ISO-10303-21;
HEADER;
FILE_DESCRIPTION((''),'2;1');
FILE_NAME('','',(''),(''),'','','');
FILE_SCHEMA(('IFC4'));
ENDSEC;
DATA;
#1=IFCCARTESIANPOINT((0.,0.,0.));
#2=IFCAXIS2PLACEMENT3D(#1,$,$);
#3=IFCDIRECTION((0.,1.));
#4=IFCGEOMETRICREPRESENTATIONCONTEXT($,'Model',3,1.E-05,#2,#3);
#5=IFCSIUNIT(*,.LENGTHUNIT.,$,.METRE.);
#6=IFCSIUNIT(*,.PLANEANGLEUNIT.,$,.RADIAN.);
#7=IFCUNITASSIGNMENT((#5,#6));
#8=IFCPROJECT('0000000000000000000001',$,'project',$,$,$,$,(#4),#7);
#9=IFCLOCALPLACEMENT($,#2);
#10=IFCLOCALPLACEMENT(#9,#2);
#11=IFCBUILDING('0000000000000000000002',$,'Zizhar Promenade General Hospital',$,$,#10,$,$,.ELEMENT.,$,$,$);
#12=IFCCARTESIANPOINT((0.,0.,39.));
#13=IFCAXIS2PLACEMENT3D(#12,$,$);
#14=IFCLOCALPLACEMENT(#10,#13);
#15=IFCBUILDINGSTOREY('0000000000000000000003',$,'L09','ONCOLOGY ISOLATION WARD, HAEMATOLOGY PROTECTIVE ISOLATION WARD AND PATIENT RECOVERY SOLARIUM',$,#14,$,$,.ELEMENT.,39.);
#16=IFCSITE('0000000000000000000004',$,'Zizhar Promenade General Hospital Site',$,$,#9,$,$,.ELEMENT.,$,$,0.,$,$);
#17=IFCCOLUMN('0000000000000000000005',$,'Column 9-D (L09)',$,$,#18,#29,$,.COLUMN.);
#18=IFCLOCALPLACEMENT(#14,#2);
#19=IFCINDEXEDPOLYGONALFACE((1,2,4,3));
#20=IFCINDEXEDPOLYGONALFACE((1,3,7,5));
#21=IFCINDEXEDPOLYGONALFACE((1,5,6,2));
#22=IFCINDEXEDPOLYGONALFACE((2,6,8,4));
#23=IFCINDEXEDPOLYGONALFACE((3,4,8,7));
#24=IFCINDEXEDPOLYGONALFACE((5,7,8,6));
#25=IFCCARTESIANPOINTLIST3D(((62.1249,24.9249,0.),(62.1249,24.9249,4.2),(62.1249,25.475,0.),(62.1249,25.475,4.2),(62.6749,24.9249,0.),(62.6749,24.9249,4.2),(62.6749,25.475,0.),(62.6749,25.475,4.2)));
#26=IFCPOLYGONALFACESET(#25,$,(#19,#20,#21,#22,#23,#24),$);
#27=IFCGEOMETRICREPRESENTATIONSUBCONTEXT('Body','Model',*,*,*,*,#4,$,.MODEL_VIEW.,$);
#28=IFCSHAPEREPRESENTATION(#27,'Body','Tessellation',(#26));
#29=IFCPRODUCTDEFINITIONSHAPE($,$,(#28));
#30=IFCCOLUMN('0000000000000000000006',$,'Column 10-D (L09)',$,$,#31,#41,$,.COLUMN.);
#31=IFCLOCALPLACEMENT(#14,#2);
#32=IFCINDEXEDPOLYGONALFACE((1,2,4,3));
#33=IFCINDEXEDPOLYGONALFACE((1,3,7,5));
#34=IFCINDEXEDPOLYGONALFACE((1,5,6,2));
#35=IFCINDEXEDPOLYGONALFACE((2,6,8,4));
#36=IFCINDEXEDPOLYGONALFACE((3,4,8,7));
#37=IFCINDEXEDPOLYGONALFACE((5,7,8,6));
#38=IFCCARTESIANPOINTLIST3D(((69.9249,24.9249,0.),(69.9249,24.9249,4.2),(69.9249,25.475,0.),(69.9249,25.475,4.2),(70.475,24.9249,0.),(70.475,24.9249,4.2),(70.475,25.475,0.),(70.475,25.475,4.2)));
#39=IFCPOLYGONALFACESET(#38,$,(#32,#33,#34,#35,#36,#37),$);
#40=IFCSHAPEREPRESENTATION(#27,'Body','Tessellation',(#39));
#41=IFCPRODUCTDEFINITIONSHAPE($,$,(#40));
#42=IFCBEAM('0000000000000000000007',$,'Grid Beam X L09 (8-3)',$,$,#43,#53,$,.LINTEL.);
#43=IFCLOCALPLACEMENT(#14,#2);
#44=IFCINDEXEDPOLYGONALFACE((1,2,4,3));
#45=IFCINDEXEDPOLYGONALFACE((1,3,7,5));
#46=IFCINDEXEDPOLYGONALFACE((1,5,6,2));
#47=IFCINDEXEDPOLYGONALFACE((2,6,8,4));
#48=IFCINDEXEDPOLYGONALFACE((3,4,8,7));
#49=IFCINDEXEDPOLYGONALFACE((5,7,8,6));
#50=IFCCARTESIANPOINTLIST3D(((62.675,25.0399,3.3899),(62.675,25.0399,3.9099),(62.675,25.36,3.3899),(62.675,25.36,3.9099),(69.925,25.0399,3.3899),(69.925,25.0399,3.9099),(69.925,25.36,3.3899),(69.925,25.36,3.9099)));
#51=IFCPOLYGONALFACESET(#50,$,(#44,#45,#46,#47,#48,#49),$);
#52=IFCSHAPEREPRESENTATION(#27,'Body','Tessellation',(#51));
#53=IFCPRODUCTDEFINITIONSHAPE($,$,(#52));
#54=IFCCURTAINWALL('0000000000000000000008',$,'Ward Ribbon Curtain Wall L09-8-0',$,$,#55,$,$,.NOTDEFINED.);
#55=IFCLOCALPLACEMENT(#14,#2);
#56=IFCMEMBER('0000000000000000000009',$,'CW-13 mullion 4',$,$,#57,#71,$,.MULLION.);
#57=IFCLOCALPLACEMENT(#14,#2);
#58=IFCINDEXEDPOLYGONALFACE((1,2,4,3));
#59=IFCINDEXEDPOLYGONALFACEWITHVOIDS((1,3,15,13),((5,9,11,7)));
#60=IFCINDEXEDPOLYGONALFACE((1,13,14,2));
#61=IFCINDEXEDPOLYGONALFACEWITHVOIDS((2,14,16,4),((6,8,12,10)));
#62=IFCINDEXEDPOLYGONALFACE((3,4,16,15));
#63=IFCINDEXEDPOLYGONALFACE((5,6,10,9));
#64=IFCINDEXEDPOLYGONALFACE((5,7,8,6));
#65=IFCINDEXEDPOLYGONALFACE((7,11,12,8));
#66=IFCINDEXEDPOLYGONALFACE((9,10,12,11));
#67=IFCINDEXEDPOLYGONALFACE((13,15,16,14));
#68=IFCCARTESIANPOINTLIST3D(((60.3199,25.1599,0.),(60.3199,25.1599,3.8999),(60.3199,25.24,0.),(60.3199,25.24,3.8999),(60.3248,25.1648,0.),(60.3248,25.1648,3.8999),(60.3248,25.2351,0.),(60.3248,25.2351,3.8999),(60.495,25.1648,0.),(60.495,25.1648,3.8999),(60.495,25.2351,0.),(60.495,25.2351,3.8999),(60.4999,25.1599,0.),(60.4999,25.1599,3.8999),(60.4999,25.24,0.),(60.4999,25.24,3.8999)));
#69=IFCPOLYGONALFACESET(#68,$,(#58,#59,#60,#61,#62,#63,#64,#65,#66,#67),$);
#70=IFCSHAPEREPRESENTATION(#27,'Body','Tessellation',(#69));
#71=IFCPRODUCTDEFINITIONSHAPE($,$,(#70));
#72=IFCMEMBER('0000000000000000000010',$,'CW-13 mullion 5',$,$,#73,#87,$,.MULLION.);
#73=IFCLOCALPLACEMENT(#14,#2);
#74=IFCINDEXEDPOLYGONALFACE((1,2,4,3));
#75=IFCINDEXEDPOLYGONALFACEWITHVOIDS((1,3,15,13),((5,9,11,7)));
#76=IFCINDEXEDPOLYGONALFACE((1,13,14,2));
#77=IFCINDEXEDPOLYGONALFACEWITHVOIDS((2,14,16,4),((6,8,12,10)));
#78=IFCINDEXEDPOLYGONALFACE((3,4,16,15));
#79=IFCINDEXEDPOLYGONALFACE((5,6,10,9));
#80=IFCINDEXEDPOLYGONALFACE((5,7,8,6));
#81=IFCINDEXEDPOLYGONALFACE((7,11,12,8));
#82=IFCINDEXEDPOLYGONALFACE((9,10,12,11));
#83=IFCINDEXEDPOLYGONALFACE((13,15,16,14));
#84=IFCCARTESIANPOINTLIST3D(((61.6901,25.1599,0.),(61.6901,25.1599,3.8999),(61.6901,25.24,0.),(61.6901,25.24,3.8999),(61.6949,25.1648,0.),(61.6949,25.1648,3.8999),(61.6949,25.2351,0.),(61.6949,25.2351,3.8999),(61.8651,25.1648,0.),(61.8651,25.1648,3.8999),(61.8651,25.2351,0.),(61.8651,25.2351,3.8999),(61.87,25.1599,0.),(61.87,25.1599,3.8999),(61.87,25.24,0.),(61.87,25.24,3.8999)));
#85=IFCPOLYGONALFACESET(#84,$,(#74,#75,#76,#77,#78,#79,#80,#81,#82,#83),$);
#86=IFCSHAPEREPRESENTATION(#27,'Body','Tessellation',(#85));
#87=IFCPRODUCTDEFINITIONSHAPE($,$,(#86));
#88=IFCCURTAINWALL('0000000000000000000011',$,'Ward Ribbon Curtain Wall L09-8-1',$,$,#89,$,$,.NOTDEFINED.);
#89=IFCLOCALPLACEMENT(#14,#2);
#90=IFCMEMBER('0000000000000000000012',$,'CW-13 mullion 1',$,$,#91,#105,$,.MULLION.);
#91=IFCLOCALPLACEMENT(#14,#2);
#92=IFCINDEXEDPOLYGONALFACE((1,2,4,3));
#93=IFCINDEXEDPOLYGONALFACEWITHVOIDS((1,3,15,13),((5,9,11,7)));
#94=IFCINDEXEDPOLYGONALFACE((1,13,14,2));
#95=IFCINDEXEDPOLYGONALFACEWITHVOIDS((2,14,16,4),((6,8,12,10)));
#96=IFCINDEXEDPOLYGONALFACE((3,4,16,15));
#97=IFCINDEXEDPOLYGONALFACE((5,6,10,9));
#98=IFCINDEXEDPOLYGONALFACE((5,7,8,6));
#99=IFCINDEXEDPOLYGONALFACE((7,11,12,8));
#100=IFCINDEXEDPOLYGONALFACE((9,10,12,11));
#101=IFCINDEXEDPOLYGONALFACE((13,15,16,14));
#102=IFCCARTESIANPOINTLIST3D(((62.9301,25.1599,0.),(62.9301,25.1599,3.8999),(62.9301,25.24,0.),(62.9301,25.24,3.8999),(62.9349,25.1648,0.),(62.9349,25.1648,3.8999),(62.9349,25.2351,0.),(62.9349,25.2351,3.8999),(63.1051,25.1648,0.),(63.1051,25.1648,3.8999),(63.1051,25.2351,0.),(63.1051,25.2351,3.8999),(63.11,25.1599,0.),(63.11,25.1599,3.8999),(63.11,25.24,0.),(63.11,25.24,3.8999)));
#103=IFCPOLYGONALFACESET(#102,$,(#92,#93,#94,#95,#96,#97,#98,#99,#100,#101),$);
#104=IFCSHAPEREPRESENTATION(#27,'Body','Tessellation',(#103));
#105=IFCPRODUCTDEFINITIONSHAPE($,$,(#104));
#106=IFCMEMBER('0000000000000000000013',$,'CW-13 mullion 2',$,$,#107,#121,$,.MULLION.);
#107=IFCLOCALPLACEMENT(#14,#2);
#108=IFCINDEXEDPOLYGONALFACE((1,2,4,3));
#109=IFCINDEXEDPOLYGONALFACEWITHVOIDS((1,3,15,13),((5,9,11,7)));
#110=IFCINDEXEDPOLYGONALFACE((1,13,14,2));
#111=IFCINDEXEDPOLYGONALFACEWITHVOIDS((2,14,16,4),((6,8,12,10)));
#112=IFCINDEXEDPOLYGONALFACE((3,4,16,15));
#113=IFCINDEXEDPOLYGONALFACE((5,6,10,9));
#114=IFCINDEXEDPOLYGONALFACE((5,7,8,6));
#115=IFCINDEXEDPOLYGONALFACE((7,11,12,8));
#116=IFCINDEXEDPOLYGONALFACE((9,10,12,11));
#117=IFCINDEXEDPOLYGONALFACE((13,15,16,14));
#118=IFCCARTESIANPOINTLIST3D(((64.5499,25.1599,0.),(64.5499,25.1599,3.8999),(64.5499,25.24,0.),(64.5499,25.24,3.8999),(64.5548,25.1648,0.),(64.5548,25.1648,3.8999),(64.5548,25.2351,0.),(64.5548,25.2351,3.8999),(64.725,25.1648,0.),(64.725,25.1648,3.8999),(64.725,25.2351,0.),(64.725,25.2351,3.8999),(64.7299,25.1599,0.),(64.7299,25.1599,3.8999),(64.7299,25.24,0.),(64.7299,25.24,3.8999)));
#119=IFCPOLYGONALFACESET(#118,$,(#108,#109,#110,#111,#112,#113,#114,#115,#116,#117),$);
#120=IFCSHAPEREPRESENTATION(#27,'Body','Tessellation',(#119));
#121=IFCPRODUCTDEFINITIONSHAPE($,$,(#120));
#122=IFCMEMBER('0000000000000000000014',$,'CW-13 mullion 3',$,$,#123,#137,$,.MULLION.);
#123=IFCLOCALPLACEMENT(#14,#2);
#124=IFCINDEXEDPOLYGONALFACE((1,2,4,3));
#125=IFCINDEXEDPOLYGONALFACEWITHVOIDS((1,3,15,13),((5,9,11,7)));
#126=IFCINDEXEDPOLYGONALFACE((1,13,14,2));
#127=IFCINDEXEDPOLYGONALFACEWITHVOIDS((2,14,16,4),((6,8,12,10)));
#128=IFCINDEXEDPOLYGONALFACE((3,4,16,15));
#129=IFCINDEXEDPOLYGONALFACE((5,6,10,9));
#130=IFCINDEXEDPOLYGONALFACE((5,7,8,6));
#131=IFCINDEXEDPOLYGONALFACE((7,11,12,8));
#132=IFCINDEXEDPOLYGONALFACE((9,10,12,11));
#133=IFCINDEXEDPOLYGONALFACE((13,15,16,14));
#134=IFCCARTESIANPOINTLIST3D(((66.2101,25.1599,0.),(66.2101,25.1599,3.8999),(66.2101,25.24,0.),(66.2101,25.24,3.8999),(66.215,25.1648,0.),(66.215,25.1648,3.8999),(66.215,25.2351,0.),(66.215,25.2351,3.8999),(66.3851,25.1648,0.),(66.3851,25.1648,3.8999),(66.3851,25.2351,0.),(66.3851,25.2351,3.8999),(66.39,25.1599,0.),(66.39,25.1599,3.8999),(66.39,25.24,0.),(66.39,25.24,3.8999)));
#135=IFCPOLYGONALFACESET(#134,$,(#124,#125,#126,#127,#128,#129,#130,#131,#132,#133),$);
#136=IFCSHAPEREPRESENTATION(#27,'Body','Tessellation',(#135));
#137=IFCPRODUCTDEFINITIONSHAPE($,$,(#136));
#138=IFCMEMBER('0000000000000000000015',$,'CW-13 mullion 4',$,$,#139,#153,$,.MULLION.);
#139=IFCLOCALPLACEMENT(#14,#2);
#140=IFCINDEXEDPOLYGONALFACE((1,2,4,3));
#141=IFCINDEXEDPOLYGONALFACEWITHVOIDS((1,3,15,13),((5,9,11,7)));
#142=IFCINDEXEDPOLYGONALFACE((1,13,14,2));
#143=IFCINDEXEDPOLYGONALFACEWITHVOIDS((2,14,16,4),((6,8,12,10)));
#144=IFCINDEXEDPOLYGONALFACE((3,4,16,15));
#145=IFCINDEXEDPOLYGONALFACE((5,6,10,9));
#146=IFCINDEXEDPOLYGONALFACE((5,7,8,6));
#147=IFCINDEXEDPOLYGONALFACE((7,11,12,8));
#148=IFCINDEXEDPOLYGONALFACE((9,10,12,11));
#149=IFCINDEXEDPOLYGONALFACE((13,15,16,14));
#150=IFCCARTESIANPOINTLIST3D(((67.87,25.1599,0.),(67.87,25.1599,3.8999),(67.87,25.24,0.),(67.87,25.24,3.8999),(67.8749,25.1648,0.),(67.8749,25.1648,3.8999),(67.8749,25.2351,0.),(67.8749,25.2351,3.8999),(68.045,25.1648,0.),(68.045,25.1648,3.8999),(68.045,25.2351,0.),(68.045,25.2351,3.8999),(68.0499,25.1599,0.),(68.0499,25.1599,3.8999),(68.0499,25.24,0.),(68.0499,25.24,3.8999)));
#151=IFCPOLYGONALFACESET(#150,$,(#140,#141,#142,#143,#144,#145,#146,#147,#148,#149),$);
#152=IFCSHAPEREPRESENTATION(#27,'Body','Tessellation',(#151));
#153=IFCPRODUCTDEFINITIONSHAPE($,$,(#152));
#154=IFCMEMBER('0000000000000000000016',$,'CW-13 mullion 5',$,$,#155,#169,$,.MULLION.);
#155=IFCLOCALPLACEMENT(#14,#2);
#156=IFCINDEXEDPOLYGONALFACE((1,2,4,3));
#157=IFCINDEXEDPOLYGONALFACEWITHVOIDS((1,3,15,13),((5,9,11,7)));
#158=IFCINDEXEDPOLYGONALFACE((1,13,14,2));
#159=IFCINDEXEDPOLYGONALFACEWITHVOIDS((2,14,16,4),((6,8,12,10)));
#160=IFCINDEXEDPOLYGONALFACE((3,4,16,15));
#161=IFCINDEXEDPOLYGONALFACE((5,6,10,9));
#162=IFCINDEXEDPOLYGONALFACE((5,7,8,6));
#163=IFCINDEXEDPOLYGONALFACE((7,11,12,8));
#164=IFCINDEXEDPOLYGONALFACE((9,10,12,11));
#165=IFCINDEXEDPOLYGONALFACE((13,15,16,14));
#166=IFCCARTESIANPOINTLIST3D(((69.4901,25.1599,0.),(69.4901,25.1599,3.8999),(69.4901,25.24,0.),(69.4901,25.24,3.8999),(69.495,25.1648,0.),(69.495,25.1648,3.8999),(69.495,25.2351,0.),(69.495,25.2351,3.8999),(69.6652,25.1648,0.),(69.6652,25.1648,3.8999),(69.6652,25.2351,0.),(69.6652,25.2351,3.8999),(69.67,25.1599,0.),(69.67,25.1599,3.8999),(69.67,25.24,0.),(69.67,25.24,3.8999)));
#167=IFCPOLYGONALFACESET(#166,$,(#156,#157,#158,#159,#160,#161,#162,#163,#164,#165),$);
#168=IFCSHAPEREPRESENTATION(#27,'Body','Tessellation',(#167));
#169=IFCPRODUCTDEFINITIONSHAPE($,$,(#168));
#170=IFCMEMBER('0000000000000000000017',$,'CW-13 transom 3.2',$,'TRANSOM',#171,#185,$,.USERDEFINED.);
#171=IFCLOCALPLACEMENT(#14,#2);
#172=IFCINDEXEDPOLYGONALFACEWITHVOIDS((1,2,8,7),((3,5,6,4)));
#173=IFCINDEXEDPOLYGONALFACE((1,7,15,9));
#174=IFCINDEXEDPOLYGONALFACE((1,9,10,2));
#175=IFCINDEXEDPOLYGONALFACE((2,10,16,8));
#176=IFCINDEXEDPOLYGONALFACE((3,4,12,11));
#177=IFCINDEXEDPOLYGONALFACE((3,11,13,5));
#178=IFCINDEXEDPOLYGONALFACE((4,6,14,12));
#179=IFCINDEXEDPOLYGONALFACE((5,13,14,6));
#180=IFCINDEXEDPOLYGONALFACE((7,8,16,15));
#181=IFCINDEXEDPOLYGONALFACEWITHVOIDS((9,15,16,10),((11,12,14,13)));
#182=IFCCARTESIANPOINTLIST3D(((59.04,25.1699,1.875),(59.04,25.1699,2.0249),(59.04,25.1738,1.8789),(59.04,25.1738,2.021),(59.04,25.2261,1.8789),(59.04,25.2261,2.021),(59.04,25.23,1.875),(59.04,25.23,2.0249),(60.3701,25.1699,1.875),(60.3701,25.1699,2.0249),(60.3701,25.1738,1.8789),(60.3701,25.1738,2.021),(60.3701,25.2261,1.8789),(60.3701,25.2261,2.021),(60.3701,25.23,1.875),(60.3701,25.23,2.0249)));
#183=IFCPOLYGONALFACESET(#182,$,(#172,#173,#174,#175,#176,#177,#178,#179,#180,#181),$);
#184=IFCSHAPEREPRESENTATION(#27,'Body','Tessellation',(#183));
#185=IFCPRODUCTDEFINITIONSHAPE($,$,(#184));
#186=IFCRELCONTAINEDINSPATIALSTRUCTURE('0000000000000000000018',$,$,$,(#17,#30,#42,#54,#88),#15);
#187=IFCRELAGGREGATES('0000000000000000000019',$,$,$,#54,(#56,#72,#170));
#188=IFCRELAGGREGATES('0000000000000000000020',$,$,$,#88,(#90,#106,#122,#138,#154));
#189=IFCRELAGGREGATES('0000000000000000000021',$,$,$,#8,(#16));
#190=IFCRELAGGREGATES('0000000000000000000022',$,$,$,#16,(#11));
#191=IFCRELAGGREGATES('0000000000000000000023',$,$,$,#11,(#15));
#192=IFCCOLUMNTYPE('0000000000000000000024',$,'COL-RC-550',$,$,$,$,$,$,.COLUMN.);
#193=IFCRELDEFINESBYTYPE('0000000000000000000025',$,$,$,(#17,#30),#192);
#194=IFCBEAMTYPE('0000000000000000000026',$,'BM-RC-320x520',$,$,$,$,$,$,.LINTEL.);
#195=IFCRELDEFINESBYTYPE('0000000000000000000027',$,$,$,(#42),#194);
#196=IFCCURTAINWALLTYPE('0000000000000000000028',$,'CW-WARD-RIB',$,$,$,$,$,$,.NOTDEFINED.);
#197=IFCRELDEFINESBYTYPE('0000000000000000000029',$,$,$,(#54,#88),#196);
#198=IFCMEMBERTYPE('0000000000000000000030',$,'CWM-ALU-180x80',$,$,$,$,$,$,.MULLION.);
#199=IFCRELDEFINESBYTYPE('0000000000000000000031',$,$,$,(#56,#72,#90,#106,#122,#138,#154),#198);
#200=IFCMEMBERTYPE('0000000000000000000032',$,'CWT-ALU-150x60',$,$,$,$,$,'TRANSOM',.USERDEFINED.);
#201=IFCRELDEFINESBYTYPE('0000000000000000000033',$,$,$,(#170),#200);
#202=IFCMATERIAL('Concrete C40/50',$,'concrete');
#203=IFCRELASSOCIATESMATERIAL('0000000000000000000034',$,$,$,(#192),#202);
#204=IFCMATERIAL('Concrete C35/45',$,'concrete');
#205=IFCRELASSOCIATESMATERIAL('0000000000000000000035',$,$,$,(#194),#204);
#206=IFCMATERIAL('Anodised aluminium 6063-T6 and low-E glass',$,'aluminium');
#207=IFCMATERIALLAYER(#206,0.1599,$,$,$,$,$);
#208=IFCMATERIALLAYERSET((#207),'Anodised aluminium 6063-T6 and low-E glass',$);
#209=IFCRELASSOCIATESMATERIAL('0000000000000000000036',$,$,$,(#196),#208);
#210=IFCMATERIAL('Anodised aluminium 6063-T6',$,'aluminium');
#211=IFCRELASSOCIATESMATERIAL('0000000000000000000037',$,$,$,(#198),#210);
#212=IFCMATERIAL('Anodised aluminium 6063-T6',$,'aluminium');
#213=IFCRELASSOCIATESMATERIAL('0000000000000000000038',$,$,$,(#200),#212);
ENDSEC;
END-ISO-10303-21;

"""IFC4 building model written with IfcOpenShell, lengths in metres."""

from ifc_helpers import new_model, si_unit, direction, frame, origin, origin_2d, place, context, subcontext, project, spatial, rectangle, hollow_rectangle, extrude, material, layer, layer_set, material_profile, profile_set, type_object, element, aggregate, save


model = new_model("IFC4")

# Units and contexts
model_context = context("Model", 3, precision=1e-05, world=origin(), true_north=direction((0.0, 1.0)))
body_context = subcontext(model_context, "Body", "Model", "MODEL_VIEW")
ifc_project = project(units=[si_unit("LENGTHUNIT", "METRE"), si_unit("PLANEANGLEUNIT", "RADIAN")], contexts=[model_context])

# Site, building, storey
site_placement = place(None, origin())
site = spatial("IfcSite", under=ifc_project, at=site_placement, Name="Zizhar Promenade General Hospital Site", CompositionType="ELEMENT", RefElevation=0.0)
building_placement = place(site_placement, origin())
building = spatial("IfcBuilding", under=site, at=building_placement, Name="Zizhar Promenade General Hospital", CompositionType="ELEMENT")
storey_placement = place(building_placement, frame((0.0, 0.0, 39.0)))
storey = spatial("IfcBuildingStorey", under=building, at=storey_placement, Name="L09", Description="ONCOLOGY ISOLATION WARD, HAEMATOLOGY PROTECTIVE ISOLATION WARD AND PATIENT RECOVERY SOLARIUM", CompositionType="ELEMENT", Elevation=39.0)

# Columns
ifc_material_1 = material(Name="Concrete C40/50", Category="concrete")
ifc_material_profile_1 = material_profile(ifc_material_1, rectangle(XDim=0.55, YDim=0.55, at=origin_2d()))
ifc_profile_set_1 = profile_set([ifc_material_profile_1], Name="Concrete C40/50")
column_type = type_object("IfcColumnType", Name="COL-RC-550", PredefinedType="COLUMN", material=ifc_profile_set_1)
for number, where, z_axis, x_axis, name in (
    (1, (62.3999, 25.2, 0.0), (0.0, 0.0, 1.0), (1.0, 0.0, 0.0), "Column 9-D (L09)"),
    (2, (70.2, 25.2, 0.0), (0.0, 0.0, 1.0), (1.0, 0.0, 0.0), "Column 10-D (L09)"),
):
    element("IfcColumn", number, at=place(storey_placement, frame(where, z_axis=z_axis, x_axis=x_axis)), inside=storey, type_object=column_type, Name=name, PredefinedType="COLUMN", context=body_context, shape_type="SweptSolid", body=[
        extrude(rectangle(XDim=0.55, YDim=0.55, at=origin_2d()), origin(), (0.0, 0.0, 1.0), 4.2),
    ])

# Beam
ifc_material_2 = material(Name="Concrete C35/45", Category="concrete")
ifc_material_profile_2 = material_profile(ifc_material_2, rectangle(XDim=0.3201, YDim=0.52, at=origin_2d()))
ifc_profile_set_2 = profile_set([ifc_material_profile_2], Name="Concrete C35/45")
beam_type = type_object("IfcBeamType", Name="BM-RC-320x520", PredefinedType="LINTEL", material=ifc_profile_set_2)
beam_placement = place(storey_placement, frame((62.675, 25.2, 3.6499), z_axis=(1.0, 0.0, 0.0), x_axis=(0.0, 1.0, 0.0)))
element("IfcBeam", 3, at=beam_placement, inside=storey, type_object=beam_type, Name="Grid Beam X L09 (8-3)", PredefinedType="LINTEL", context=body_context, shape_type="SweptSolid", body=[
    extrude(rectangle(XDim=0.3201, YDim=0.52, at=origin_2d()), origin(), (0.0, 0.0, 1.0), 7.25),
])

# Curtain walls, members
ifc_material_3 = material(Name="Anodised aluminium 6063-T6 and low-E glass", Category="aluminium")
ifc_layer_1 = layer(ifc_material_3, 0.1599)
ifc_layer_set_1 = layer_set([ifc_layer_1], Name="Anodised aluminium 6063-T6 and low-E glass")
curtain_wall_type = type_object("IfcCurtainWallType", Name="CW-WARD-RIB", PredefinedType="NOTDEFINED", material=ifc_layer_set_1)
curtain_wall_1_placement = place(storey_placement, origin())
curtain_wall_1 = element("IfcCurtainWall", 4, at=curtain_wall_1_placement, inside=storey, type_object=curtain_wall_type, Name="Ward Ribbon Curtain Wall L09-8-0", PredefinedType="NOTDEFINED")
ifc_material_4 = material(Name="Anodised aluminium 6063-T6", Category="aluminium")
ifc_material_profile_3 = material_profile(ifc_material_4, hollow_rectangle(XDim=0.0801, YDim=0.1799, WallThickness=0.0049, at=origin_2d()))
ifc_profile_set_3 = profile_set([ifc_material_profile_3], Name="Anodised aluminium 6063-T6")
member_type_1 = type_object("IfcMemberType", Name="CWM-ALU-180x80", PredefinedType="MULLION", material=ifc_profile_set_3)
member_1_placement = place(storey_placement, frame((60.4099, 25.2, 0.0), z_axis=(0.0, 0.0, 1.0), x_axis=(0.0, 1.0, 0.0)))
member_1 = element("IfcMember", 5, at=member_1_placement, type_object=member_type_1, Name="CW-13 mullion 4", PredefinedType="MULLION", context=body_context, shape_type="SweptSolid", body=[
    extrude(hollow_rectangle(XDim=0.0801, YDim=0.1799, WallThickness=0.0049, at=origin_2d()), origin(), (0.0, 0.0, 1.0), 3.8999),
])
member_2_placement = place(storey_placement, frame((61.78, 25.2, 0.0), z_axis=(0.0, 0.0, 1.0), x_axis=(0.0, 1.0, 0.0)))
member_2 = element("IfcMember", 6, at=member_2_placement, type_object=member_type_1, Name="CW-13 mullion 5", PredefinedType="MULLION", context=body_context, shape_type="SweptSolid", body=[
    extrude(hollow_rectangle(XDim=0.0801, YDim=0.1799, WallThickness=0.0049, at=origin_2d()), origin(), (0.0, 0.0, 1.0), 3.8999),
])
curtain_wall_2_placement = place(storey_placement, origin())
curtain_wall_2 = element("IfcCurtainWall", 7, at=curtain_wall_2_placement, inside=storey, type_object=curtain_wall_type, Name="Ward Ribbon Curtain Wall L09-8-1", PredefinedType="NOTDEFINED")
member_3_placement = place(storey_placement, frame((63.02, 25.2, 0.0), z_axis=(0.0, 0.0, 1.0), x_axis=(0.0, 1.0, 0.0)))
member_3 = element("IfcMember", 8, at=member_3_placement, type_object=member_type_1, Name="CW-13 mullion 1", PredefinedType="MULLION", context=body_context, shape_type="SweptSolid", body=[
    extrude(hollow_rectangle(XDim=0.0801, YDim=0.1799, WallThickness=0.0049, at=origin_2d()), origin(), (0.0, 0.0, 1.0), 3.8999),
])
member_4_placement = place(storey_placement, frame((64.6399, 25.2, 0.0), z_axis=(0.0, 0.0, 1.0), x_axis=(0.0, 1.0, 0.0)))
member_4 = element("IfcMember", 9, at=member_4_placement, type_object=member_type_1, Name="CW-13 mullion 2", PredefinedType="MULLION", context=body_context, shape_type="SweptSolid", body=[
    extrude(hollow_rectangle(XDim=0.0801, YDim=0.1799, WallThickness=0.0049, at=origin_2d()), origin(), (0.0, 0.0, 1.0), 3.8999),
])
member_5_placement = place(storey_placement, frame((66.3, 25.2, 0.0), z_axis=(0.0, 0.0, 1.0), x_axis=(0.0, 1.0, 0.0)))
member_5 = element("IfcMember", 10, at=member_5_placement, type_object=member_type_1, Name="CW-13 mullion 3", PredefinedType="MULLION", context=body_context, shape_type="SweptSolid", body=[
    extrude(hollow_rectangle(XDim=0.0801, YDim=0.1799, WallThickness=0.0049, at=origin_2d()), origin(), (0.0, 0.0, 1.0), 3.8999),
])
member_6_placement = place(storey_placement, frame((67.96, 25.2, 0.0), z_axis=(0.0, 0.0, 1.0), x_axis=(0.0, 1.0, 0.0)))
member_6 = element("IfcMember", 11, at=member_6_placement, type_object=member_type_1, Name="CW-13 mullion 4", PredefinedType="MULLION", context=body_context, shape_type="SweptSolid", body=[
    extrude(hollow_rectangle(XDim=0.0801, YDim=0.1799, WallThickness=0.0049, at=origin_2d()), origin(), (0.0, 0.0, 1.0), 3.8999),
])
member_7_placement = place(storey_placement, frame((69.5801, 25.2, 0.0), z_axis=(0.0, 0.0, 1.0), x_axis=(0.0, 1.0, 0.0)))
member_7 = element("IfcMember", 12, at=member_7_placement, type_object=member_type_1, Name="CW-13 mullion 5", PredefinedType="MULLION", context=body_context, shape_type="SweptSolid", body=[
    extrude(hollow_rectangle(XDim=0.0801, YDim=0.1799, WallThickness=0.0049, at=origin_2d()), origin(), (0.0, 0.0, 1.0), 3.8999),
])

# Member
ifc_material_5 = material(Name="Anodised aluminium 6063-T6", Category="aluminium")
ifc_material_profile_4 = material_profile(ifc_material_5, hollow_rectangle(XDim=0.0601, YDim=0.1499, WallThickness=0.0039, at=origin_2d()))
ifc_profile_set_4 = profile_set([ifc_material_profile_4], Name="Anodised aluminium 6063-T6")
member_type_2 = type_object("IfcMemberType", Name="CWT-ALU-150x60", ElementType="TRANSOM", PredefinedType="USERDEFINED", material=ifc_profile_set_4)
member_8_placement = place(storey_placement, frame((59.04, 25.2, 1.95), z_axis=(1.0, 0.0, 0.0), x_axis=(0.0, 1.0, 0.0)))
member_8 = element("IfcMember", 13, at=member_8_placement, type_object=member_type_2, Name="CW-13 transom 3.2", ObjectType="TRANSOM", PredefinedType="USERDEFINED", context=body_context, shape_type="SweptSolid", body=[
    extrude(hollow_rectangle(XDim=0.0601, YDim=0.1499, WallThickness=0.0039, at=origin_2d()), origin(), (0.0, 0.0, 1.0), 1.3301),
])

aggregate(curtain_wall_1, [member_1, member_2, member_8])
aggregate(curtain_wall_2, [member_3, member_4, member_5, member_6, member_7])

save(model, "model.ifc")
